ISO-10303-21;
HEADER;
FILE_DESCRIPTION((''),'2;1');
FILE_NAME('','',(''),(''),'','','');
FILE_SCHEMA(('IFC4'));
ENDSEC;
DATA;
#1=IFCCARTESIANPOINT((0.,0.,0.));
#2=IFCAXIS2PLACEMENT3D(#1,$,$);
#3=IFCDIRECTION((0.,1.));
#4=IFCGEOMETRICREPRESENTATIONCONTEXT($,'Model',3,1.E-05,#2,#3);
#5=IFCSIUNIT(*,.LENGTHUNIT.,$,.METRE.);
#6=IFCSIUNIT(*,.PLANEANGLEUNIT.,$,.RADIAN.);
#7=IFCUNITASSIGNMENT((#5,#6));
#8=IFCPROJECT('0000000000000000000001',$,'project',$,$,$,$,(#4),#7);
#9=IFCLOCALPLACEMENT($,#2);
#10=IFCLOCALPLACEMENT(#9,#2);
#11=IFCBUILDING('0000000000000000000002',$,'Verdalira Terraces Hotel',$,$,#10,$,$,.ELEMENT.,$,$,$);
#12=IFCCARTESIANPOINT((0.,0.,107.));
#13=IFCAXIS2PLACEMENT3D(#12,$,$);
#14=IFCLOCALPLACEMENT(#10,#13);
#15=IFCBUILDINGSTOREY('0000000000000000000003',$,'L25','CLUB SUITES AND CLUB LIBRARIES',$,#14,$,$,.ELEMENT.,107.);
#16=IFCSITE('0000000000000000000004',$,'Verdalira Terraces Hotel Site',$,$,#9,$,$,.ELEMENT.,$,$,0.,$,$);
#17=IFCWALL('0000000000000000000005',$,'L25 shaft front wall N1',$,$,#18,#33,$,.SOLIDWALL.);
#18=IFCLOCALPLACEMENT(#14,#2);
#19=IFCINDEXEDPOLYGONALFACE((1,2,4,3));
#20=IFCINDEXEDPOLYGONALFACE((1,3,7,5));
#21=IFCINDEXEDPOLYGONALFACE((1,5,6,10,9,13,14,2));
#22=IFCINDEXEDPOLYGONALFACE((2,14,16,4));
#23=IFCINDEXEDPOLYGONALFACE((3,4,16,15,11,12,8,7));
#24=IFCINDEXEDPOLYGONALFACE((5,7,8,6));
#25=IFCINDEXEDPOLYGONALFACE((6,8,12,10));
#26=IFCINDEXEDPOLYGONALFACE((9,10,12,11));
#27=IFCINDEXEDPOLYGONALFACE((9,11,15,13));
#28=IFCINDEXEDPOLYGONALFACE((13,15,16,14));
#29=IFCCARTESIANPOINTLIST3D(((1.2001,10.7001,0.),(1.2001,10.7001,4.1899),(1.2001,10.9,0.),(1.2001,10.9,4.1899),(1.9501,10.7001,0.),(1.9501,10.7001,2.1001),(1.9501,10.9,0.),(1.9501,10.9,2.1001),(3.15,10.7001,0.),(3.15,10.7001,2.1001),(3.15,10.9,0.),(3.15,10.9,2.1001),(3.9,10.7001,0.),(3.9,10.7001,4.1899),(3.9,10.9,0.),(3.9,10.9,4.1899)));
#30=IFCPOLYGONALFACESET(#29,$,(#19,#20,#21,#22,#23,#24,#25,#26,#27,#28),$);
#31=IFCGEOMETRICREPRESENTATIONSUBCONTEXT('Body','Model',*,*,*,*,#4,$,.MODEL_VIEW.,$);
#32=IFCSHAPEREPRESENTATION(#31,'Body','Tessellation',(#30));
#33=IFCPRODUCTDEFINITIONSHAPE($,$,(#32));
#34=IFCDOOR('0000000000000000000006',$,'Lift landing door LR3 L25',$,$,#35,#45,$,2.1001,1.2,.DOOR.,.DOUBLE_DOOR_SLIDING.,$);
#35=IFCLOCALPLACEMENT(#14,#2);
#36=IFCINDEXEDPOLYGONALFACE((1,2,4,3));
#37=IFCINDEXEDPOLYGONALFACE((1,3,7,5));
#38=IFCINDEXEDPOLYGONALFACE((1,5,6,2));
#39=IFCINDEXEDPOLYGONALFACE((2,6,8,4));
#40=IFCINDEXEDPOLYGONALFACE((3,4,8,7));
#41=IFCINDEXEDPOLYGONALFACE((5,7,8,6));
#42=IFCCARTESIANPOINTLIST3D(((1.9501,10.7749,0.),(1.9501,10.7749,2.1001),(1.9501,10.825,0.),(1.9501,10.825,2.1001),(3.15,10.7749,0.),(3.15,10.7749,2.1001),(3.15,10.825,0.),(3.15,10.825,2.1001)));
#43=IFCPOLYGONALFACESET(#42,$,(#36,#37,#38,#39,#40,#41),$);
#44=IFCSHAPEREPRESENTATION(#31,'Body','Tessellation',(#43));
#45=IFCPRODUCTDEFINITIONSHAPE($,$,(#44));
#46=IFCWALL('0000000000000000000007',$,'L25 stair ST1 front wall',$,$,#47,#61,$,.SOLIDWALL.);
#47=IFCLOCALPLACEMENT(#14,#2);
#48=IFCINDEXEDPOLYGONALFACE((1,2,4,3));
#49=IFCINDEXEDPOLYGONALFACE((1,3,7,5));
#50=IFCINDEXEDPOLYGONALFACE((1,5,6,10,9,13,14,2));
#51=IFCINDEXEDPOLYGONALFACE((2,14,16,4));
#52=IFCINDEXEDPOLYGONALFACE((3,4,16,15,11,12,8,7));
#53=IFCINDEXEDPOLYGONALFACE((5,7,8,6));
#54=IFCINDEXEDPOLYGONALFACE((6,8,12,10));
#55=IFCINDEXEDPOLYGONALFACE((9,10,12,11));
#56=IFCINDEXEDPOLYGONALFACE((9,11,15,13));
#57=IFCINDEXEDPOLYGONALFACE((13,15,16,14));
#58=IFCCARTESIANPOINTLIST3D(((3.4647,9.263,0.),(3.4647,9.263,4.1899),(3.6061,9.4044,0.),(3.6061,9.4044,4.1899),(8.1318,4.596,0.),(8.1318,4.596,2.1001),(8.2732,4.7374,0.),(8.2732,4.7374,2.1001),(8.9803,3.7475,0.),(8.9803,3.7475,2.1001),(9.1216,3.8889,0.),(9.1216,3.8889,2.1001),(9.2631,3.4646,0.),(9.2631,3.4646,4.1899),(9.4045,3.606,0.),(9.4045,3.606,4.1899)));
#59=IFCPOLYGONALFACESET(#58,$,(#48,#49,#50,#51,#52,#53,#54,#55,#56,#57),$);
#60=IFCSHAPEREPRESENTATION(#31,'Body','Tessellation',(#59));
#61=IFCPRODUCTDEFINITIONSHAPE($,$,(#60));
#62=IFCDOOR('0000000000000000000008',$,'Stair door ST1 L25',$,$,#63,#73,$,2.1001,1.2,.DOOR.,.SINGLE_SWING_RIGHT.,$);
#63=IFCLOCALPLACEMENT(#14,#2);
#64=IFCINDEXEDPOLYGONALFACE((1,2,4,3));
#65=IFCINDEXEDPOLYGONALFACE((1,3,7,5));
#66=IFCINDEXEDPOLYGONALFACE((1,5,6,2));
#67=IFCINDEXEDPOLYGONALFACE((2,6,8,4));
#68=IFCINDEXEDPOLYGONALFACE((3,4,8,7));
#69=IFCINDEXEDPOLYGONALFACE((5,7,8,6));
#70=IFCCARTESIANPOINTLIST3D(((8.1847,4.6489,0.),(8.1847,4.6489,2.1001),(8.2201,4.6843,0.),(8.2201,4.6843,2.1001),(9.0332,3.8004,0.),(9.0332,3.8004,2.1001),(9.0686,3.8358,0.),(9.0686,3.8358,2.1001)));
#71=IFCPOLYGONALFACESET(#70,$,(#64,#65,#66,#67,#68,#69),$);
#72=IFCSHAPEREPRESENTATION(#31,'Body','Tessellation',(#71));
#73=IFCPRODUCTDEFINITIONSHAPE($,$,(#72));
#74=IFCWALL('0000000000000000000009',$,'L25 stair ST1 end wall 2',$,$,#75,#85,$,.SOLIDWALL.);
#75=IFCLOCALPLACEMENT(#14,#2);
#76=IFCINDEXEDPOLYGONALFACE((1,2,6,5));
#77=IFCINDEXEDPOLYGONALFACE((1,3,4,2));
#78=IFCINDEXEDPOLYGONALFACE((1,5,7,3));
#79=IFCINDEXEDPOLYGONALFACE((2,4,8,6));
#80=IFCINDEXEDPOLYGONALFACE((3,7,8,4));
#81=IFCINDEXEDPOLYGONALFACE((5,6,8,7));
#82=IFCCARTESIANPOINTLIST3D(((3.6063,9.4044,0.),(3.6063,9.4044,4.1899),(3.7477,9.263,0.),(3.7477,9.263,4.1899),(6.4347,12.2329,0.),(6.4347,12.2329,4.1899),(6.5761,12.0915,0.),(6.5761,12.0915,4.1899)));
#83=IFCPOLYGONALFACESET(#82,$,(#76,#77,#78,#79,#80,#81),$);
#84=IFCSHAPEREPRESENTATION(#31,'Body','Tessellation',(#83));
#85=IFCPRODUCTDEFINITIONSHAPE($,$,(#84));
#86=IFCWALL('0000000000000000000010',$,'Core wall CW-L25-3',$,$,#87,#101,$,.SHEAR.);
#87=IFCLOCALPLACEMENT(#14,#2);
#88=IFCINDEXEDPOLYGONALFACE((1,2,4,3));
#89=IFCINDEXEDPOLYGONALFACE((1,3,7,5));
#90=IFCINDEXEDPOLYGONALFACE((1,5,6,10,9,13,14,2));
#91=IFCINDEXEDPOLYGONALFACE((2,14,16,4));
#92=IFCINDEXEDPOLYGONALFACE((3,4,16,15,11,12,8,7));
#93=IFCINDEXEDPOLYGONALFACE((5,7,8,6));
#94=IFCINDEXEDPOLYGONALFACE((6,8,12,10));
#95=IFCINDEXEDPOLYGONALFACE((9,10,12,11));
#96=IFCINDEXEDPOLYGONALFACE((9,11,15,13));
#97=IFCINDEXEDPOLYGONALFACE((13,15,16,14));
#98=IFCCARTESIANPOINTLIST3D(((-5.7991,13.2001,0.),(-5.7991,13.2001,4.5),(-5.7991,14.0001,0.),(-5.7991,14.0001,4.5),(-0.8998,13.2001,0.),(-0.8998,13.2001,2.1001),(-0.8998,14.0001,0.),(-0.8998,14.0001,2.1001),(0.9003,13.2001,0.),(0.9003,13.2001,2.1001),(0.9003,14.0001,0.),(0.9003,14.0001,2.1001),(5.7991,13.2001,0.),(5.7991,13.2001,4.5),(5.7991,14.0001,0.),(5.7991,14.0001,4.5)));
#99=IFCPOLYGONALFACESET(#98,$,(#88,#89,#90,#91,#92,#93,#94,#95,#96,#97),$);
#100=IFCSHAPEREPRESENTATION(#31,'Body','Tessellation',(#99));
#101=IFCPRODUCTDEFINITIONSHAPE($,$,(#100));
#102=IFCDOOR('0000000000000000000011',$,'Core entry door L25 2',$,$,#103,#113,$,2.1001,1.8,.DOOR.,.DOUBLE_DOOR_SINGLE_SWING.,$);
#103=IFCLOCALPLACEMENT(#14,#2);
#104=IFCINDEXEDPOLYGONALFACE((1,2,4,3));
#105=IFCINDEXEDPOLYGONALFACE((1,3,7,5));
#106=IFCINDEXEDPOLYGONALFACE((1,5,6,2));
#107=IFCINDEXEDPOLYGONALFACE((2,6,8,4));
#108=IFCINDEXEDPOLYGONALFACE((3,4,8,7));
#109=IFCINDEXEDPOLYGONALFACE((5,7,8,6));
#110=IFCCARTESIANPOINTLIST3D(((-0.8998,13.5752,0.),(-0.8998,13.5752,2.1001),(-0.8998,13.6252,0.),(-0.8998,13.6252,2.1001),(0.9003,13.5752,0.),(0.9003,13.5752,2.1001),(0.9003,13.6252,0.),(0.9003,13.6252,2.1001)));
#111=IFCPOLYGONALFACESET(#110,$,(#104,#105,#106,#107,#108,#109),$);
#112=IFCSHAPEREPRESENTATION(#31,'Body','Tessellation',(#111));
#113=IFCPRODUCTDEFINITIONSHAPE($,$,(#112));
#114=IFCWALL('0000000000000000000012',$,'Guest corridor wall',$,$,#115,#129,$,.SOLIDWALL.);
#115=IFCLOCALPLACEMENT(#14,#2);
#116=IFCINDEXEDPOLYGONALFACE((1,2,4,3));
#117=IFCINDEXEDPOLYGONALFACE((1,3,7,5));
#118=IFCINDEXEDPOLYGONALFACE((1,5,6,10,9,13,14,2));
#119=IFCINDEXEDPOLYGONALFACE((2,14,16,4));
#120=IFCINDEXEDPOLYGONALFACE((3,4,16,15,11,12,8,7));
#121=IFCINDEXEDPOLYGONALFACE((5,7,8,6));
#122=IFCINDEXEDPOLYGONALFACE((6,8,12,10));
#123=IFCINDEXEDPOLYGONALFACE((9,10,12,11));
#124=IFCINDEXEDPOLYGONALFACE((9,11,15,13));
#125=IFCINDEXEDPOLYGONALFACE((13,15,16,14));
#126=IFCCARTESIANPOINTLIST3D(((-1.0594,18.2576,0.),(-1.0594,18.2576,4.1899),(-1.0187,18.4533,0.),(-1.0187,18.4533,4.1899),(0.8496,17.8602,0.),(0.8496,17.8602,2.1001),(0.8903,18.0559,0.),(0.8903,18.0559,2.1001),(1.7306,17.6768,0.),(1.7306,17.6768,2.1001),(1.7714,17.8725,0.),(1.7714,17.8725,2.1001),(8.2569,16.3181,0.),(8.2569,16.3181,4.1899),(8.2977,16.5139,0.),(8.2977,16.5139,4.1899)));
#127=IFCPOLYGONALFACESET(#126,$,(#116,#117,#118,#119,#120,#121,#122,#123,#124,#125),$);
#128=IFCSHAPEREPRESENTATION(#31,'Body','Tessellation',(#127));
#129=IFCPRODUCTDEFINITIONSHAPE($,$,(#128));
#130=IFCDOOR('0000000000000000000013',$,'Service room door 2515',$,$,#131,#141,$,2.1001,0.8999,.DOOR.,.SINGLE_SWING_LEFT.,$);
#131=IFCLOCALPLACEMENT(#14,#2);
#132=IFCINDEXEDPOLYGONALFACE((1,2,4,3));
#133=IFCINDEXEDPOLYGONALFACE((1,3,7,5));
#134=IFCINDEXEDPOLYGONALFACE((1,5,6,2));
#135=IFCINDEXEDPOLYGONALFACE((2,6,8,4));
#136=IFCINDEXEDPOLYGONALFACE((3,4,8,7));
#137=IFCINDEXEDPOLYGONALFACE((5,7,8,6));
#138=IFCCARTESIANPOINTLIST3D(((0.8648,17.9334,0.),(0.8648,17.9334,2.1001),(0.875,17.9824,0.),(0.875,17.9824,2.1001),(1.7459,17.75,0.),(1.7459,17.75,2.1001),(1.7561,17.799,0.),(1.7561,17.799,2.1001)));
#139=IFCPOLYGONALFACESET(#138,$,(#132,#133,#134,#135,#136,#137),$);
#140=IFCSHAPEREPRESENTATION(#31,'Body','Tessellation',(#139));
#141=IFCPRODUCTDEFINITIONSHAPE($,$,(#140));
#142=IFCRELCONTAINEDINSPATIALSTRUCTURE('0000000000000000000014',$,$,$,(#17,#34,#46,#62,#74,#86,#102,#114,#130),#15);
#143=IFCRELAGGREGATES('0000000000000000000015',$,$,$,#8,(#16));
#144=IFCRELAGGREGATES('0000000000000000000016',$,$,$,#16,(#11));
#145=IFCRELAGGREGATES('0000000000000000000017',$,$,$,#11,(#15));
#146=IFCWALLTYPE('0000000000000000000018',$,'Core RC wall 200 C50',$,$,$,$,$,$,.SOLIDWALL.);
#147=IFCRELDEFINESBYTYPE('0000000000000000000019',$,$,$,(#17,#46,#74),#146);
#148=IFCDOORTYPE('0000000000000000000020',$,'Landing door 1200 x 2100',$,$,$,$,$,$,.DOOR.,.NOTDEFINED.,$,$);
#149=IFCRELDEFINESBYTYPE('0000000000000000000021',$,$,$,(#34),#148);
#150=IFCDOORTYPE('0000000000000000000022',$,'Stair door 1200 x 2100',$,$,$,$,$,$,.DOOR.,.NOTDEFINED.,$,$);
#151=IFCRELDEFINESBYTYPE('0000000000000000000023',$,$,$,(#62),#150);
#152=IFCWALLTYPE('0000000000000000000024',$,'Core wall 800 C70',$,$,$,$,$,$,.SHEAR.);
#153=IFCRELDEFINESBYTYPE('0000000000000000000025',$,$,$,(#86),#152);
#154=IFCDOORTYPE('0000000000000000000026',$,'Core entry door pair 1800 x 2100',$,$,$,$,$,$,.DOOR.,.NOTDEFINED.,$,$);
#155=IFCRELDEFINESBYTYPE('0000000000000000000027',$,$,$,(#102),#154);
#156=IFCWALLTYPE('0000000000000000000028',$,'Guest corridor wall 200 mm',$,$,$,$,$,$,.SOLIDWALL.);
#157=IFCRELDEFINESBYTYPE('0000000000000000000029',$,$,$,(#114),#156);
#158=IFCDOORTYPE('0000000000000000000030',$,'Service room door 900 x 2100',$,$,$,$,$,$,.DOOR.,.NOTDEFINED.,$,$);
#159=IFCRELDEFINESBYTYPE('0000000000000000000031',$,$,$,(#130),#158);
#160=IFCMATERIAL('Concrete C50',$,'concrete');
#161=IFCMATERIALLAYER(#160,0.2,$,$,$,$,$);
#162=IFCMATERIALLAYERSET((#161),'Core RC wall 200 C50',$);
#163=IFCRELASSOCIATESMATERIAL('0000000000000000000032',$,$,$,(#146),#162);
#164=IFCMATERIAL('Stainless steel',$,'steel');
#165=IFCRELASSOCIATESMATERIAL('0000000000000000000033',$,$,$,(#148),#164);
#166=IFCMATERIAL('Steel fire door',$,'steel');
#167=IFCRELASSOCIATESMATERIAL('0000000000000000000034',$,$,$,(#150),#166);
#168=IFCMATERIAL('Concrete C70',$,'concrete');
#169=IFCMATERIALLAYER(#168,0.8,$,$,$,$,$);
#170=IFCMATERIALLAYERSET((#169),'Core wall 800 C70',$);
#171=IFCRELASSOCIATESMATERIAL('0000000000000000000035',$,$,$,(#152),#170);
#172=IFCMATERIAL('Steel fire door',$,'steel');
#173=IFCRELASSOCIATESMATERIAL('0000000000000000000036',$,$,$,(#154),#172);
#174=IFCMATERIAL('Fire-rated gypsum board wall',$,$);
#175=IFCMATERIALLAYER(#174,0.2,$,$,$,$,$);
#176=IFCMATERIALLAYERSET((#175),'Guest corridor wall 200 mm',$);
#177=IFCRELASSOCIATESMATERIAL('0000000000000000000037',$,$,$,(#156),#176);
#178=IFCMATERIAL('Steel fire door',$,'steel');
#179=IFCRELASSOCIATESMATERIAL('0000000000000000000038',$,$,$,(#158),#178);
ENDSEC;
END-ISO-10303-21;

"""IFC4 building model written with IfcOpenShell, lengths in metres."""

from ifc_helpers import new_model, si_unit, direction, frame, frame_2d, origin, place, context, subcontext, project, spatial, rectangle, extrude, material, layer, layer_set, type_object, element, fill, save


model = new_model("IFC4")

# Units and contexts
model_context = context("Model", 3, precision=1e-05, world=origin(), true_north=direction((0.0, 1.0)))
body_context = subcontext(model_context, "Body", "Model", "MODEL_VIEW")
ifc_project = project(units=[si_unit("LENGTHUNIT", "METRE"), si_unit("PLANEANGLEUNIT", "RADIAN")], contexts=[model_context])

# Site, building, storey
site_placement = place(None, origin())
site = spatial("IfcSite", under=ifc_project, at=site_placement, Name="Verdalira Terraces Hotel Site", CompositionType="ELEMENT", RefElevation=0.0)
building_placement = place(site_placement, origin())
building = spatial("IfcBuilding", under=site, at=building_placement, Name="Verdalira Terraces Hotel", CompositionType="ELEMENT")
storey_placement = place(building_placement, frame((0.0, 0.0, 107.0)))
storey = spatial("IfcBuildingStorey", under=building, at=storey_placement, Name="L25", Description="CLUB SUITES AND CLUB LIBRARIES", CompositionType="ELEMENT", Elevation=107.0)

# Walls, openings, doors
ifc_material_1 = material(Name="Concrete C50", Category="concrete")
ifc_layer_1 = layer(ifc_material_1, 0.2)
ifc_layer_set_1 = layer_set([ifc_layer_1], Name="Core RC wall 200 C50")
wall_type_1 = type_object("IfcWallType", Name="Core RC wall 200 C50", PredefinedType="SOLIDWALL", material=ifc_layer_set_1)
wall_1_placement = place(storey_placement, frame((1.2, 10.8, 0.0), z_axis=(0.0, 0.0, 1.0), x_axis=(1.0, 0.0, 0.0)))
wall_1 = element("IfcWall", 1, at=wall_1_placement, inside=storey, type_object=wall_type_1, Name="L25 shaft front wall N1", PredefinedType="SOLIDWALL", context=body_context, shape_type="SweptSolid", body=[
    extrude(rectangle(XDim=2.7, YDim=0.2, at=frame_2d((1.3501, 0.0))), origin(), (0.0, 0.0, 1.0), 4.1899),
])
opening_1_placement = place(wall_1_placement, frame((0.75, 0.0, 0.0)))
opening_1 = element("IfcOpeningElement", 2, at=opening_1_placement, cuts=wall_1, PredefinedType="OPENING", context=body_context, shape_type="SweptSolid", body=[
    extrude(rectangle(XDim=1.2, YDim=2.1001, at=frame_2d((0.6001, 1.05))), frame((0.0, 0.1099, 0.0), z_axis=(0.0, -1.0, 0.0), x_axis=(1.0, 0.0, 0.0)), (0.0, 0.0, 1.0), 0.22),
])
ifc_material_2 = material(Name="Stainless steel", Category="steel")
door_type_1 = type_object("IfcDoorType", Name="Landing door 1200 x 2100", OperationType="NOTDEFINED", PredefinedType="DOOR", material=ifc_material_2)
door_1_placement = place(opening_1_placement, origin())
door_1 = element("IfcDoor", 3, at=door_1_placement, inside=storey, type_object=door_type_1, Name="Lift landing door LR3 L25", OperationType="DOUBLE_DOOR_SLIDING", OverallHeight=2.1001, OverallWidth=1.2, PredefinedType="DOOR", context=body_context, shape_type="SweptSolid", body=[
    extrude(rectangle(XDim=1.2, YDim=2.1001, at=frame_2d((0.6001, 1.05))), frame((0.0, 0.0249, 0.0), z_axis=(0.0, -1.0, 0.0), x_axis=(1.0, 0.0, 0.0)), (0.0, 0.0, 1.0), 0.05),
])
fill(opening_1, door_1)
wall_2_placement = place(storey_placement, frame((3.5354, 9.3337, 0.0), z_axis=(0.0, 0.0, 1.0), x_axis=(0.707107, -0.707107, 0.0)))
wall_2 = element("IfcWall", 4, at=wall_2_placement, inside=storey, type_object=wall_type_1, Name="L25 stair ST1 front wall", PredefinedType="SOLIDWALL", context=body_context, shape_type="SweptSolid", body=[
    extrude(rectangle(XDim=8.2002, YDim=0.2, at=frame_2d((4.1001, 0.0))), origin(), (0.0, 0.0, 1.0), 4.1899),
])
opening_2_placement = place(wall_2_placement, frame((6.6001, 0.0, 0.0)))
opening_2 = element("IfcOpeningElement", 5, at=opening_2_placement, cuts=wall_2, PredefinedType="OPENING", context=body_context, shape_type="SweptSolid", body=[
    extrude(rectangle(XDim=1.2, YDim=2.1001, at=frame_2d((0.6001, 1.05))), frame((0.0, 0.1099, 0.0), z_axis=(0.0, -1.0, 0.0), x_axis=(1.0, 0.0, 0.0)), (0.0, 0.0, 1.0), 0.22),
])
ifc_material_3 = material(Name="Steel fire door", Category="steel")
door_type_2 = type_object("IfcDoorType", Name="Stair door 1200 x 2100", OperationType="NOTDEFINED", PredefinedType="DOOR", material=ifc_material_3)
door_2_placement = place(opening_2_placement, origin())
door_2 = element("IfcDoor", 6, at=door_2_placement, inside=storey, type_object=door_type_2, Name="Stair door ST1 L25", OperationType="SINGLE_SWING_RIGHT", OverallHeight=2.1001, OverallWidth=1.2, PredefinedType="DOOR", context=body_context, shape_type="SweptSolid", body=[
    extrude(rectangle(XDim=1.2, YDim=2.1001, at=frame_2d((0.6001, 1.05))), frame((0.0, 0.0249, 0.0), z_axis=(0.0, -1.0, 0.0), x_axis=(1.0, 0.0, 0.0)), (0.0, 0.0, 1.0), 0.05),
])
fill(opening_2, door_2)

# Wall
wall_3_placement = place(storey_placement, frame((3.677, 9.3337, 0.0), z_axis=(0.0, 0.0, 1.0), x_axis=(0.707107, 0.707107, 0.0)))
element("IfcWall", 7, at=wall_3_placement, inside=storey, type_object=wall_type_1, Name="L25 stair ST1 end wall 2", PredefinedType="SOLIDWALL", context=body_context, shape_type="SweptSolid", body=[
    extrude(rectangle(XDim=4.0, YDim=0.2, at=frame_2d((2.0, 0.0))), origin(), (0.0, 0.0, 1.0), 4.1899),
])

# Walls, openings, doors
ifc_material_4 = material(Name="Concrete C70", Category="concrete")
ifc_layer_2 = layer(ifc_material_4, 0.8)
ifc_layer_set_2 = layer_set([ifc_layer_2], Name="Core wall 800 C70")
wall_type_2 = type_object("IfcWallType", Name="Core wall 800 C70", PredefinedType="SHEAR", material=ifc_layer_set_2)
wall_4_placement = place(storey_placement, frame((5.7991, 13.6001, 0.0), z_axis=(0.0, 0.0, 1.0), x_axis=(-1.0, 0.0, 0.0)))
wall_4 = element("IfcWall", 8, at=wall_4_placement, inside=storey, type_object=wall_type_2, Name="Core wall CW-L25-3", PredefinedType="SHEAR", context=body_context, shape_type="SweptSolid", body=[
    extrude(rectangle(XDim=11.5981, YDim=0.8, at=frame_2d((5.7991, 0.0))), origin(), (0.0, 0.0, 1.0), 4.5),
])
opening_3_placement = place(wall_4_placement, frame((4.8989, 0.0, 0.0)))
opening_3 = element("IfcOpeningElement", 9, at=opening_3_placement, cuts=wall_4, PredefinedType="OPENING", context=body_context, shape_type="SweptSolid", body=[
    extrude(rectangle(XDim=1.8, YDim=2.1001, at=frame_2d((0.8999, 1.05))), frame((0.0, 0.4099, 0.0), z_axis=(0.0, -1.0, 0.0), x_axis=(1.0, 0.0, 0.0)), (0.0, 0.0, 1.0), 0.8201),
])
ifc_material_5 = material(Name="Steel fire door", Category="steel")
door_type_3 = type_object("IfcDoorType", Name="Core entry door pair 1800 x 2100", OperationType="NOTDEFINED", PredefinedType="DOOR", material=ifc_material_5)
door_3_placement = place(opening_3_placement, origin())
door_3 = element("IfcDoor", 10, at=door_3_placement, inside=storey, type_object=door_type_3, Name="Core entry door L25 2", OperationType="DOUBLE_DOOR_SINGLE_SWING", OverallHeight=2.1001, OverallWidth=1.8, PredefinedType="DOOR", context=body_context, shape_type="SweptSolid", body=[
    extrude(rectangle(XDim=1.8, YDim=2.1001, at=frame_2d((0.8999, 1.05))), frame((0.0, 0.0249, 0.0), z_axis=(0.0, -1.0, 0.0), x_axis=(1.0, 0.0, 0.0)), (0.0, 0.0, 1.0), 0.05),
])
fill(opening_3, door_3)
ifc_material_6 = material(Name="Fire-rated gypsum board wall")
ifc_layer_3 = layer(ifc_material_6, 0.2)
ifc_layer_set_3 = layer_set([ifc_layer_3], Name="Guest corridor wall 200 mm")
wall_type_3 = type_object("IfcWallType", Name="Guest corridor wall 200 mm", PredefinedType="SOLIDWALL", material=ifc_layer_set_3)
wall_5_placement = place(storey_placement, frame((-1.0391, 18.3555, 0.0), z_axis=(0.0, 0.0, 1.0), x_axis=(0.979011, -0.203807, 0.0)))
wall_5 = element("IfcWall", 11, at=wall_5_placement, inside=storey, type_object=wall_type_3, Name="Guest corridor wall", PredefinedType="SOLIDWALL", context=body_context, shape_type="SweptSolid", body=[
    extrude(rectangle(XDim=9.5161, YDim=0.2, at=frame_2d((4.7581, 0.0))), origin(), (0.0, 0.0, 1.0), 4.1899),
])
opening_4_placement = place(wall_5_placement, frame((1.95, 0.0, 0.0)))
opening_4 = element("IfcOpeningElement", 12, at=opening_4_placement, cuts=wall_5, PredefinedType="OPENING", context=body_context, shape_type="SweptSolid", body=[
    extrude(rectangle(XDim=0.8999, YDim=2.1001, at=frame_2d((0.45, 1.05))), frame((0.0, 0.1099, 0.0), z_axis=(0.0, -1.0, 0.0), x_axis=(1.0, 0.0, 0.0)), (0.0, 0.0, 1.0), 0.22),
])
ifc_material_7 = material(Name="Steel fire door", Category="steel")
door_type_4 = type_object("IfcDoorType", Name="Service room door 900 x 2100", OperationType="NOTDEFINED", PredefinedType="DOOR", material=ifc_material_7)
door_4_placement = place(opening_4_placement, origin())
door_4 = element("IfcDoor", 13, at=door_4_placement, inside=storey, type_object=door_type_4, Name="Service room door 2515", OperationType="SINGLE_SWING_LEFT", OverallHeight=2.1001, OverallWidth=0.8999, PredefinedType="DOOR", context=body_context, shape_type="SweptSolid", body=[
    extrude(rectangle(XDim=0.8999, YDim=2.1001, at=frame_2d((0.45, 1.05))), frame((0.0, 0.0249, 0.0), z_axis=(0.0, -1.0, 0.0), x_axis=(1.0, 0.0, 0.0)), (0.0, 0.0, 1.0), 0.05),
])
fill(opening_4, door_4)

save(model, "model.ifc")
